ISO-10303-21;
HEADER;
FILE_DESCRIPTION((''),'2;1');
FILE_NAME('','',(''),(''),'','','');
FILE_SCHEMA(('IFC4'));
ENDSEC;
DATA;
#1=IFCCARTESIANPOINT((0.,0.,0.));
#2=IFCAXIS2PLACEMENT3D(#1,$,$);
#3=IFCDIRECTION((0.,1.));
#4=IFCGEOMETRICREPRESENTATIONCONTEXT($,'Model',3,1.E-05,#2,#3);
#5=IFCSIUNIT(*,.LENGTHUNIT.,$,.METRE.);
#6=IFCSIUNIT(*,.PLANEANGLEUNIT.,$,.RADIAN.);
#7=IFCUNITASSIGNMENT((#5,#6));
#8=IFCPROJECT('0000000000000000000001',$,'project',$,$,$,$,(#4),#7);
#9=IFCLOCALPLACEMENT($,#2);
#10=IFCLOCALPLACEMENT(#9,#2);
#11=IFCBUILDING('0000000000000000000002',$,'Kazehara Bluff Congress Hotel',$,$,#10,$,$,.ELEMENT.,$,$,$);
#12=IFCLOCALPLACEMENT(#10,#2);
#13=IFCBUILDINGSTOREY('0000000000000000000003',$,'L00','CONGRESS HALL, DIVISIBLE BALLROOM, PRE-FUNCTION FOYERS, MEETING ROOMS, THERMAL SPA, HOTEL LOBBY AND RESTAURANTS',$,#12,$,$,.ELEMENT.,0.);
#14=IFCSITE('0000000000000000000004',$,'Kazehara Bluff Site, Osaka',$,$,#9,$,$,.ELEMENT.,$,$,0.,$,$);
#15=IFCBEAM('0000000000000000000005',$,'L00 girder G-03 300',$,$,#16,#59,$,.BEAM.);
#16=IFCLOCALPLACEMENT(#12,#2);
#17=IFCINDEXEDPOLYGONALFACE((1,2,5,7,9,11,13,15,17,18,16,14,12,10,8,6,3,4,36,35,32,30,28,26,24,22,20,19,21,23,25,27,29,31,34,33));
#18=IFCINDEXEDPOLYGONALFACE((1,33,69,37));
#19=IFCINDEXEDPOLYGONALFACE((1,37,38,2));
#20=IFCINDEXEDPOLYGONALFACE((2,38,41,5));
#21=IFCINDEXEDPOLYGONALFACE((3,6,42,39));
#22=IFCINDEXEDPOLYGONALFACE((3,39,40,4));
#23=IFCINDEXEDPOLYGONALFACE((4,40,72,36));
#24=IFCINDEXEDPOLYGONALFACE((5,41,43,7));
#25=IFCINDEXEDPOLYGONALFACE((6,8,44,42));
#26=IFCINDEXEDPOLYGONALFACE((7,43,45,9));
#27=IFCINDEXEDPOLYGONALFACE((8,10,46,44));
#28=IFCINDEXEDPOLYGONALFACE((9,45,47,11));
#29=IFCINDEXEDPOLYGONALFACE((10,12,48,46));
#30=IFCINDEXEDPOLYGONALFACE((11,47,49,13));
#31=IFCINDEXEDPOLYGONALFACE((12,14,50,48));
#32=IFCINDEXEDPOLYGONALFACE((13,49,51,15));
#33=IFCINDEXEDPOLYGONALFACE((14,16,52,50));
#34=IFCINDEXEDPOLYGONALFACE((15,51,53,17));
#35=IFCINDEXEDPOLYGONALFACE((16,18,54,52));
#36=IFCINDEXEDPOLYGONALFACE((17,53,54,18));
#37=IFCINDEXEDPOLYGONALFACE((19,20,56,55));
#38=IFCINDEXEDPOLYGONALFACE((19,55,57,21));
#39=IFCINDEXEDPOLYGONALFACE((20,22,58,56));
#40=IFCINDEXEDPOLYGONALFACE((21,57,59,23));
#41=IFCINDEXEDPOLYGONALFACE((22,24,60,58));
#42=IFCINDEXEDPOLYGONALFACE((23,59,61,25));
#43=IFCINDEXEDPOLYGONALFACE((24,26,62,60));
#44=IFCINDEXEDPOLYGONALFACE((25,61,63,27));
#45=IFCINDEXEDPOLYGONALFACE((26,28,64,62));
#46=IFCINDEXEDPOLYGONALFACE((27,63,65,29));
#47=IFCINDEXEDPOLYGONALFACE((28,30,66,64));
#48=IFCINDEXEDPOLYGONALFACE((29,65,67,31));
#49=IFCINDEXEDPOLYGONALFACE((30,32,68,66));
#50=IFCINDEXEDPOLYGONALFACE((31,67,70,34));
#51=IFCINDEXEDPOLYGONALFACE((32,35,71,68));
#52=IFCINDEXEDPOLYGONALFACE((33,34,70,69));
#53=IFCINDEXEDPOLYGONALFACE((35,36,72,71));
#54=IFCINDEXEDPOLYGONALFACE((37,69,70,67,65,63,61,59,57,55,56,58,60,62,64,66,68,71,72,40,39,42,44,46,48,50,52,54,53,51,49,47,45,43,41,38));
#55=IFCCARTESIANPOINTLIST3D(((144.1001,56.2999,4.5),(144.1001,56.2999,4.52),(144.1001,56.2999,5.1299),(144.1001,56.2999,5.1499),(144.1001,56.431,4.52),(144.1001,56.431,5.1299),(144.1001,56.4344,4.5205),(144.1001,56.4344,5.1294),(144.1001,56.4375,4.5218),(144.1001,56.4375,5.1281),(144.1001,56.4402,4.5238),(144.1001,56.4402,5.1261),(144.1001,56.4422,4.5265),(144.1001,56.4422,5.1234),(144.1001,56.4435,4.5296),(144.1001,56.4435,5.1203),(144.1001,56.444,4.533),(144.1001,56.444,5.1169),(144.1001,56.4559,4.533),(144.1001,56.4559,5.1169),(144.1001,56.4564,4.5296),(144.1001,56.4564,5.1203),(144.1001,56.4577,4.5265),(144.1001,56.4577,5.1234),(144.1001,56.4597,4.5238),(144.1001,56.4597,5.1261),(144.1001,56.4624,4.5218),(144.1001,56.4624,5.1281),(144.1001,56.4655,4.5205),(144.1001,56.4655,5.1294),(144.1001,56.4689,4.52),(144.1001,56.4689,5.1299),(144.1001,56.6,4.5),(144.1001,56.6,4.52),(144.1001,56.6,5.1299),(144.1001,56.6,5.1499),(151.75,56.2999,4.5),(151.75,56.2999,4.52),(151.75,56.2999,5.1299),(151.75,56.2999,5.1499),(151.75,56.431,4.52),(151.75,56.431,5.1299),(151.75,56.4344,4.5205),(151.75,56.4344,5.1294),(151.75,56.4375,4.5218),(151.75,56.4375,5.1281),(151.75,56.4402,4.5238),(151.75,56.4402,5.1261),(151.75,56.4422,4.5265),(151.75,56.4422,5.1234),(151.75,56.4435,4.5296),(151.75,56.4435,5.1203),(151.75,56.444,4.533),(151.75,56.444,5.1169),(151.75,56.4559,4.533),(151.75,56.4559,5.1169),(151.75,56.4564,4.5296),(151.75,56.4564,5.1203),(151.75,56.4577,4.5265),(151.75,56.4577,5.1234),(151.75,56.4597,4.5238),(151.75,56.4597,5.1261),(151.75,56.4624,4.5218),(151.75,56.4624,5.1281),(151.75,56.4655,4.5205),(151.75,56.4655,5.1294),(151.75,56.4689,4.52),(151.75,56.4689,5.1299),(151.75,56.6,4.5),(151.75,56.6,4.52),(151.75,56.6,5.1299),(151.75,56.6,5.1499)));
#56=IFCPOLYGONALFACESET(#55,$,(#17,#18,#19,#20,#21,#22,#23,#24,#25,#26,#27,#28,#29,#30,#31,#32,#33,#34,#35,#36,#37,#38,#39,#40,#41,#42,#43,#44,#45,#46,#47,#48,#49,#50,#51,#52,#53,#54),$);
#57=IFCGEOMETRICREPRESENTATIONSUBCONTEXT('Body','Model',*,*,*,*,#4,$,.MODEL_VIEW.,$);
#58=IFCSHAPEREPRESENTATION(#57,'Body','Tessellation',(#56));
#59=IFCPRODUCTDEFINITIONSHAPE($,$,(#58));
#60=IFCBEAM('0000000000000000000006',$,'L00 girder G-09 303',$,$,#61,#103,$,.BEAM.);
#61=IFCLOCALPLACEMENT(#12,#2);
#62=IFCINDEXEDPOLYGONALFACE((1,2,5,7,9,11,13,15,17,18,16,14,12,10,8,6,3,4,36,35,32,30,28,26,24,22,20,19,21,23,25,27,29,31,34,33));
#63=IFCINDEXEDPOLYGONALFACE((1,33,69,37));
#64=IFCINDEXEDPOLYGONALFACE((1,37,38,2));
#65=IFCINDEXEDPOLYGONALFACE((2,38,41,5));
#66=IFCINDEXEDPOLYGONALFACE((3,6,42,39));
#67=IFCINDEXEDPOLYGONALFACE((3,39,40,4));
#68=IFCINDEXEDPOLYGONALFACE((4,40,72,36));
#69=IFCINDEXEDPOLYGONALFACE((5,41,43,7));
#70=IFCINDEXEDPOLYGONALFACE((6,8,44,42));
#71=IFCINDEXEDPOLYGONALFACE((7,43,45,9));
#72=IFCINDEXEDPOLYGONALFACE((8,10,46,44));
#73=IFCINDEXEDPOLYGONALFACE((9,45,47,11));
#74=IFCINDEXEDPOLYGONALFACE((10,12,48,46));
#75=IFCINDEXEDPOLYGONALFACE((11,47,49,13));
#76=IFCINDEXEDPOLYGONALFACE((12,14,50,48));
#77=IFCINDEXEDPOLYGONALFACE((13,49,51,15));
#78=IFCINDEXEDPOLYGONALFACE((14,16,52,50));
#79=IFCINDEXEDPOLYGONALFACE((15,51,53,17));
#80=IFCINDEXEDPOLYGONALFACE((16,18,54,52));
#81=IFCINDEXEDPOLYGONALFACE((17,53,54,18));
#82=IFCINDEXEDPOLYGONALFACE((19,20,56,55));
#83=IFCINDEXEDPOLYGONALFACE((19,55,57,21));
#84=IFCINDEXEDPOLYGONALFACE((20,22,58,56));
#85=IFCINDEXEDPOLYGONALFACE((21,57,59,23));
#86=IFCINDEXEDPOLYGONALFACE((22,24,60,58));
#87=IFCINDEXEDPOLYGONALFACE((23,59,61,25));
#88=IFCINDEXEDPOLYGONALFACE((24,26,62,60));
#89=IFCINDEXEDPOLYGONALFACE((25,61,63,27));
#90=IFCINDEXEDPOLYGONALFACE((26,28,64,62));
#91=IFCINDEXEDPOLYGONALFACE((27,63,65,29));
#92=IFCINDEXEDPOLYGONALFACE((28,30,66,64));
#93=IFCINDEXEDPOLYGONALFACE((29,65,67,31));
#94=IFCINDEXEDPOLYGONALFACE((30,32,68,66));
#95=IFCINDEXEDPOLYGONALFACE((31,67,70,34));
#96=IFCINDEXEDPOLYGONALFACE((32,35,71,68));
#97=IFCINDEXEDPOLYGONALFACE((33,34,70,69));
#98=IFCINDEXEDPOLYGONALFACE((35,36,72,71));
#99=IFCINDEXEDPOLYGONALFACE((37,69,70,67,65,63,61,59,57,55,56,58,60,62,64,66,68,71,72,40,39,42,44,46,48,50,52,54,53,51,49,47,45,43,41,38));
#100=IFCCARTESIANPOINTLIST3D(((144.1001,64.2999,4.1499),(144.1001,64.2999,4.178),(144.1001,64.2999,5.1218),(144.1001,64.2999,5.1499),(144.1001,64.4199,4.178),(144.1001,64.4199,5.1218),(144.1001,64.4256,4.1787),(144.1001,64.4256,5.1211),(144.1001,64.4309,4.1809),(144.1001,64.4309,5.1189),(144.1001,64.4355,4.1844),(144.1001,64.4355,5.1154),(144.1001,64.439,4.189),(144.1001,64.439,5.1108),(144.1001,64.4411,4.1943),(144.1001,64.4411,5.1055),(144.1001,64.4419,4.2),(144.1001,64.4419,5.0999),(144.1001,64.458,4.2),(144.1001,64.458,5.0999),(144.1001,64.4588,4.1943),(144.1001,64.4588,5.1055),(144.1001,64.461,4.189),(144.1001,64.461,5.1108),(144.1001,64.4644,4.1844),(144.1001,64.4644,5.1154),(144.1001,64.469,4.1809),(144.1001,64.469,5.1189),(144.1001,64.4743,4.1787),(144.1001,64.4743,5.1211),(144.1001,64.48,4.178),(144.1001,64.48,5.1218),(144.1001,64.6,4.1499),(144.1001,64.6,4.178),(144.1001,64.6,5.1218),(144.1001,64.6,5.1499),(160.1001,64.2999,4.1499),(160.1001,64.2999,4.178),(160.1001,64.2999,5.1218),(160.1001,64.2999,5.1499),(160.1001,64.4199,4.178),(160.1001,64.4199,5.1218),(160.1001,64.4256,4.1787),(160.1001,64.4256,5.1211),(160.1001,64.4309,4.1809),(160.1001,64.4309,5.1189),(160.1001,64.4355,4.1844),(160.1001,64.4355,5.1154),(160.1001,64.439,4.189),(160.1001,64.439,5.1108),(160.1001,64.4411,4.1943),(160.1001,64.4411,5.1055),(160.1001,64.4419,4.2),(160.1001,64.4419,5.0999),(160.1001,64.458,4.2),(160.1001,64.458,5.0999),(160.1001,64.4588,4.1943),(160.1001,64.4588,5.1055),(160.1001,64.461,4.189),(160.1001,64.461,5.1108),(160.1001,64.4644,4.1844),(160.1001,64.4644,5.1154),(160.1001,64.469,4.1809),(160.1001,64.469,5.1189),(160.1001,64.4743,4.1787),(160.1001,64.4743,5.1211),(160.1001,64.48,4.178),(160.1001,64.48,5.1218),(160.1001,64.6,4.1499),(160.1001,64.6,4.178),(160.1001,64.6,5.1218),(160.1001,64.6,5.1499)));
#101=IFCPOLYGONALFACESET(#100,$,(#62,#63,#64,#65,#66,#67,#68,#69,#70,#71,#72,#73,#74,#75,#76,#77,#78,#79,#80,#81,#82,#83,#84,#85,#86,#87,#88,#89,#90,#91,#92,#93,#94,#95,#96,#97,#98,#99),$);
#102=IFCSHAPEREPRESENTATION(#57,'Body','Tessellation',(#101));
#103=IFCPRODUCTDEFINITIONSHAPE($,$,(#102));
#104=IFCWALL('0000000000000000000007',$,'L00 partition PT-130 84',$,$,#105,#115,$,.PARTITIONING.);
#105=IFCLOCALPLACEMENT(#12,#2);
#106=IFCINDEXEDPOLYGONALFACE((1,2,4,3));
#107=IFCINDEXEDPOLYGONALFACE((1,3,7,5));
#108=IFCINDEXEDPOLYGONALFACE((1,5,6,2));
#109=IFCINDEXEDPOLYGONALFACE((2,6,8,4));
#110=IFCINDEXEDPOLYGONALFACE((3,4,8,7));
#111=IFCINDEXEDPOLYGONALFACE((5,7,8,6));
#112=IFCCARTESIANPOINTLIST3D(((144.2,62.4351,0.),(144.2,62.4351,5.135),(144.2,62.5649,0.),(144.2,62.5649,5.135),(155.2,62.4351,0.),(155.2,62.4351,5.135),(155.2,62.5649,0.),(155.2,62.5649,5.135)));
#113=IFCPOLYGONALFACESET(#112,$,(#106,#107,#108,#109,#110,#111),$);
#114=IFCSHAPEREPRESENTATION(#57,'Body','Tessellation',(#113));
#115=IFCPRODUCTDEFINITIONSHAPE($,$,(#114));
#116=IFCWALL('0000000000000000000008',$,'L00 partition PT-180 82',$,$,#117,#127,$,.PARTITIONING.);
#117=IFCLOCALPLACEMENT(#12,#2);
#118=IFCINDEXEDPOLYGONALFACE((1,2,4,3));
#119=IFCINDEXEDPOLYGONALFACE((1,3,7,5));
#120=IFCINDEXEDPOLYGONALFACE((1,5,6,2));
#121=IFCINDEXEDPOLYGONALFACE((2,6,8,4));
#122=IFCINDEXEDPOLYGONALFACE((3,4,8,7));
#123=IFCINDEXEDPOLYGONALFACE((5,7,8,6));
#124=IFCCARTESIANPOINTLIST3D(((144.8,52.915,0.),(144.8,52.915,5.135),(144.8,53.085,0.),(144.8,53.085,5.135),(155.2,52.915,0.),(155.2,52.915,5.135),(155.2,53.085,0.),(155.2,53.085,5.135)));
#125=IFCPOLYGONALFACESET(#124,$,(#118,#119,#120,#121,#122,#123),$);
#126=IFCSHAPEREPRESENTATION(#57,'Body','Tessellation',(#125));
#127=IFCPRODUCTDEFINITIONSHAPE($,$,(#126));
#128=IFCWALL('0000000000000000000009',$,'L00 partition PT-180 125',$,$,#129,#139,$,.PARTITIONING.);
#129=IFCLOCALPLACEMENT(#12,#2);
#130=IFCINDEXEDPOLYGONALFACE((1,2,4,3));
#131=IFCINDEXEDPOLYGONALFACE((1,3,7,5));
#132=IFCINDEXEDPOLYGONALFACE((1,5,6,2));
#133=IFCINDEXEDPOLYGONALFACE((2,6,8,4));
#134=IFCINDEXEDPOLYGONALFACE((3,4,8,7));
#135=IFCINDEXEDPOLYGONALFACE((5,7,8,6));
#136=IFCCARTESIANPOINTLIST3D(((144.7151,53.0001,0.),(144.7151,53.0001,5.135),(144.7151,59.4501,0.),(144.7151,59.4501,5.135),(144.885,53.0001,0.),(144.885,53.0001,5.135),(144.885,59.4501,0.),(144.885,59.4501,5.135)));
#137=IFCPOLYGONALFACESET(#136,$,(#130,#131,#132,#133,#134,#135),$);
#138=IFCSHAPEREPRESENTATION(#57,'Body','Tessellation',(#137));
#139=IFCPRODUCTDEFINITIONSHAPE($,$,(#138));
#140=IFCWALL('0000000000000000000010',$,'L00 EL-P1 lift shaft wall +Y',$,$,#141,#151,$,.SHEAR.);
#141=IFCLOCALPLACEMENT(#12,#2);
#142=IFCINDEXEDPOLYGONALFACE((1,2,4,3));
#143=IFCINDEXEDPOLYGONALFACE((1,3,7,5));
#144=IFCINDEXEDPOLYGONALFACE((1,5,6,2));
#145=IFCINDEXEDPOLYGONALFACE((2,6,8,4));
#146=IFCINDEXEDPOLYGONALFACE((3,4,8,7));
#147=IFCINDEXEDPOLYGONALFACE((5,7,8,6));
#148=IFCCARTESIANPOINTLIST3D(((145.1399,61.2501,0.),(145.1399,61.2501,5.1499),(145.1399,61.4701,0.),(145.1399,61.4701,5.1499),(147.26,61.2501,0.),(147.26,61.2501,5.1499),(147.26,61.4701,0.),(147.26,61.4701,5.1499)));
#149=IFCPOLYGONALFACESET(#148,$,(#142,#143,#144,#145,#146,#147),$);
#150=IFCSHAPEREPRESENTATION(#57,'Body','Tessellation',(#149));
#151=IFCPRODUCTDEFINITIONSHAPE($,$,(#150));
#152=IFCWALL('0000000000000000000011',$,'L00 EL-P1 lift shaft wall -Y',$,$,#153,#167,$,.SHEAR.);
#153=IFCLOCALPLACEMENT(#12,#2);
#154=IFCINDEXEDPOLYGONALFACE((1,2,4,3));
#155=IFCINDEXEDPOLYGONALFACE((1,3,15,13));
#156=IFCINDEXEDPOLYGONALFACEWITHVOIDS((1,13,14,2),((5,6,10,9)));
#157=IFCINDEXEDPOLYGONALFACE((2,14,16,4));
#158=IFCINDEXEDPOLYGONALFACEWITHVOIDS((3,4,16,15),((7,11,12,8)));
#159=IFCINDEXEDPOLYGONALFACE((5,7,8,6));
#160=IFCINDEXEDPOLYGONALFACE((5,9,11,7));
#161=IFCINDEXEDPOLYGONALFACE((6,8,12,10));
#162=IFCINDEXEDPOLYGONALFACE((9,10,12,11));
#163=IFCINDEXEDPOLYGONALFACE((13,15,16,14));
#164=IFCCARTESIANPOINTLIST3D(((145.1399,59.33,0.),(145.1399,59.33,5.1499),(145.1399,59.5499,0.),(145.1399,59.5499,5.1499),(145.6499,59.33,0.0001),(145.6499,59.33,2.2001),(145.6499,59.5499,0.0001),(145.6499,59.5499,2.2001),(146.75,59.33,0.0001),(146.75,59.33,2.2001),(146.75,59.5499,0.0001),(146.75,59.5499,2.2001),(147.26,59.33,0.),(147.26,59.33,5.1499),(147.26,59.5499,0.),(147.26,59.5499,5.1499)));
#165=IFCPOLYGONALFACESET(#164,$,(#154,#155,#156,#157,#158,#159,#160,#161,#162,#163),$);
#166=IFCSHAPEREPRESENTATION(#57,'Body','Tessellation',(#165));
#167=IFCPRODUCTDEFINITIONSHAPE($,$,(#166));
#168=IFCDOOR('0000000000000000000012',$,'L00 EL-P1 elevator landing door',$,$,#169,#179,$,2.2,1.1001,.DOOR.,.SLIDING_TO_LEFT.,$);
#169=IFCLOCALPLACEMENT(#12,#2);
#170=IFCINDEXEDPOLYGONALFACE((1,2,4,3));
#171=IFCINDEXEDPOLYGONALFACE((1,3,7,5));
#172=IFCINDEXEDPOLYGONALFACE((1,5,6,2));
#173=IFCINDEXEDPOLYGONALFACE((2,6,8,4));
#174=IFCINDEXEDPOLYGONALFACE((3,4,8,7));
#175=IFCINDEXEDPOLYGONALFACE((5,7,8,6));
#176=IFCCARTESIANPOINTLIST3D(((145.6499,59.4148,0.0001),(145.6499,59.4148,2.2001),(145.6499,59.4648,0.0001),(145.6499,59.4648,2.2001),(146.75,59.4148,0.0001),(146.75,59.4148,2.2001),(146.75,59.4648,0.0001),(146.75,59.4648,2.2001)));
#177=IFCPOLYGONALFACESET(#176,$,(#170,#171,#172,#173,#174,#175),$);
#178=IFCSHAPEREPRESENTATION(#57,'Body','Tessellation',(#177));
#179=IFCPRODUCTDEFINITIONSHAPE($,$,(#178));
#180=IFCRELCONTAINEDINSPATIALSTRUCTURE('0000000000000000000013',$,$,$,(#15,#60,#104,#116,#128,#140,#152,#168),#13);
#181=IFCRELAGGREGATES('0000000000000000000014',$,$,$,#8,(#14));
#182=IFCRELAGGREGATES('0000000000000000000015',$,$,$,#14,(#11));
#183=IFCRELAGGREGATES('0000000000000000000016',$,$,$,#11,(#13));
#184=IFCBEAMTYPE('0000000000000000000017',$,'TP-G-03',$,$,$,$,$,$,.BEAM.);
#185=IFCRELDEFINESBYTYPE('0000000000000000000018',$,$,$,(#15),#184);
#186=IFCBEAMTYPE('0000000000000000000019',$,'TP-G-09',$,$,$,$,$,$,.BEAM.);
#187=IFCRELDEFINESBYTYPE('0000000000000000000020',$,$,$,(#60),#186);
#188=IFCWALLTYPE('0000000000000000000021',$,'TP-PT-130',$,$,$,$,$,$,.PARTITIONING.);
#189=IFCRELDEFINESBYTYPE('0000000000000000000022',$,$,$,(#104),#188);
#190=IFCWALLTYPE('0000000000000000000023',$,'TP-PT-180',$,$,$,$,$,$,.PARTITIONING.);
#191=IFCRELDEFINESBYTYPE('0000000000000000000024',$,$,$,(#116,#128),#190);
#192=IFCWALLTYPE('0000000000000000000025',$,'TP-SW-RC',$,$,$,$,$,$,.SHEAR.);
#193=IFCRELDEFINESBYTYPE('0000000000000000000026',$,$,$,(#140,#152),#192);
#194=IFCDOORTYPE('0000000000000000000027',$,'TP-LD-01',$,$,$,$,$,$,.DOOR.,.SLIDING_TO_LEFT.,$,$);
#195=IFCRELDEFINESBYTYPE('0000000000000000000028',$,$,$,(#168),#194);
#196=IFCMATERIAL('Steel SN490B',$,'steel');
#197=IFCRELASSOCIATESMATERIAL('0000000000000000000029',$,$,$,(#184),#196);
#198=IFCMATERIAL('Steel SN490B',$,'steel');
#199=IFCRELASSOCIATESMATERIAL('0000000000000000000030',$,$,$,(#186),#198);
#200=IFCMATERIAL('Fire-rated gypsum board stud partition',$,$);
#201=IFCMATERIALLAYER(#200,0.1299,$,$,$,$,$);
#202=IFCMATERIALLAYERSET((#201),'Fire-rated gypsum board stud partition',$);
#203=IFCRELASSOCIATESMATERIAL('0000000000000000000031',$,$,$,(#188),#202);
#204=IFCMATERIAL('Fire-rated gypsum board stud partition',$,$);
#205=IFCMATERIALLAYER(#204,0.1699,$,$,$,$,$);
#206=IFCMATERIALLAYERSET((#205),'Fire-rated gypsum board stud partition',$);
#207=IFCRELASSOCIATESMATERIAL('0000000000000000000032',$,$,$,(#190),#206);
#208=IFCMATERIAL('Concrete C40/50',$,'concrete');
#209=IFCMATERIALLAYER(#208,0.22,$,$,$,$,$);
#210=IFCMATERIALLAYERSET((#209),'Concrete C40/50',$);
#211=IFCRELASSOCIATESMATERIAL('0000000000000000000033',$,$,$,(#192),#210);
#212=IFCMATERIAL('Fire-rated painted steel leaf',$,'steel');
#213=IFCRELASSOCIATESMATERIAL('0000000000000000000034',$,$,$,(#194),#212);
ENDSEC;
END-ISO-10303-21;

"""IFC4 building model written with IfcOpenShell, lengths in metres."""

from ifc_helpers import new_model, si_unit, direction, frame, frame_2d, origin, origin_2d, place, context, subcontext, project, spatial, rectangle, i_section, extrude, material, layer, layer_set, material_profile, profile_set, type_object, element, fill, save


model = new_model("IFC4")

# Units and contexts
model_context = context("Model", 3, precision=1e-05, world=origin(), true_north=direction((0.0, 1.0)))
body_context = subcontext(model_context, "Body", "Model", "MODEL_VIEW")
ifc_project = project(units=[si_unit("LENGTHUNIT", "METRE"), si_unit("PLANEANGLEUNIT", "RADIAN")], contexts=[model_context])

# Site, building, storey
site_placement = place(None, origin())
site = spatial("IfcSite", under=ifc_project, at=site_placement, Name="Kazehara Bluff Site, Osaka", CompositionType="ELEMENT", RefElevation=0.0)
building_placement = place(site_placement, origin())
building = spatial("IfcBuilding", under=site, at=building_placement, Name="Kazehara Bluff Congress Hotel", CompositionType="ELEMENT")
storey_placement = place(building_placement, origin())
storey = spatial("IfcBuildingStorey", under=building, at=storey_placement, Name="L00", Description="CONGRESS HALL, DIVISIBLE BALLROOM, PRE-FUNCTION FOYERS, MEETING ROOMS, THERMAL SPA, HOTEL LOBBY AND RESTAURANTS", CompositionType="ELEMENT", Elevation=0.0)

# Beams
ifc_material_1 = material(Name="Steel SN490B", Category="steel")
ifc_material_profile_1 = material_profile(ifc_material_1, i_section(OverallWidth=0.3, OverallDepth=0.6499, WebThickness=0.012, FlangeThickness=0.02, FilletRadius=0.0129, at=origin_2d()))
ifc_profile_set_1 = profile_set([ifc_material_profile_1], Name="Steel SN490B")
beam_type_1 = type_object("IfcBeamType", Name="TP-G-03", PredefinedType="BEAM", material=ifc_profile_set_1)
beam_1_placement = place(storey_placement, frame((144.1001, 56.45, 4.825), z_axis=(1.0, 0.0, 0.0), x_axis=(0.0, 1.0, 0.0)))
element("IfcBeam", 1, at=beam_1_placement, inside=storey, type_object=beam_type_1, Name="L00 girder G-03 300", PredefinedType="BEAM", context=body_context, shape_type="SweptSolid", body=[
    extrude(i_section(OverallWidth=0.3, OverallDepth=0.6499, WebThickness=0.012, FlangeThickness=0.02, FilletRadius=0.0129, at=origin_2d()), origin(), (0.0, 0.0, 1.0), 7.6499),
])
ifc_material_2 = material(Name="Steel SN490B", Category="steel")
ifc_material_profile_2 = material_profile(ifc_material_2, i_section(OverallWidth=0.3, OverallDepth=1.0, WebThickness=0.0161, FlangeThickness=0.0281, FilletRadius=0.022, at=origin_2d()))
ifc_profile_set_2 = profile_set([ifc_material_profile_2], Name="Steel SN490B")
beam_type_2 = type_object("IfcBeamType", Name="TP-G-09", PredefinedType="BEAM", material=ifc_profile_set_2)
beam_2_placement = place(storey_placement, frame((144.1001, 64.45, 4.6499), z_axis=(1.0, 0.0, 0.0), x_axis=(0.0, 1.0, 0.0)))
element("IfcBeam", 2, at=beam_2_placement, inside=storey, type_object=beam_type_2, Name="L00 girder G-09 303", PredefinedType="BEAM", context=body_context, shape_type="SweptSolid", body=[
    extrude(i_section(OverallWidth=0.3, OverallDepth=1.0, WebThickness=0.0161, FlangeThickness=0.0281, FilletRadius=0.022, at=origin_2d()), origin(), (0.0, 0.0, 1.0), 16.0),
])

# Walls
ifc_material_3 = material(Name="Fire-rated gypsum board stud partition")
ifc_layer_1 = layer(ifc_material_3, 0.1299)
ifc_layer_set_1 = layer_set([ifc_layer_1], Name="Fire-rated gypsum board stud partition")
wall_type_1 = type_object("IfcWallType", Name="TP-PT-130", PredefinedType="PARTITIONING", material=ifc_layer_set_1)
wall_1_placement = place(storey_placement, frame((144.2, 62.5, 0.0), z_axis=(0.0, 0.0, 1.0), x_axis=(1.0, 0.0, 0.0)))
element("IfcWall", 3, at=wall_1_placement, inside=storey, type_object=wall_type_1, Name="L00 partition PT-130 84", PredefinedType="PARTITIONING", context=body_context, shape_type="SweptSolid", body=[
    extrude(rectangle(XDim=11.0, YDim=0.1299, at=frame_2d((5.5, 0.0))), origin(), (0.0, 0.0, 1.0), 5.135),
])
ifc_material_4 = material(Name="Fire-rated gypsum board stud partition")
ifc_layer_2 = layer(ifc_material_4, 0.1699)
ifc_layer_set_2 = layer_set([ifc_layer_2], Name="Fire-rated gypsum board stud partition")
wall_type_2 = type_object("IfcWallType", Name="TP-PT-180", PredefinedType="PARTITIONING", material=ifc_layer_set_2)
wall_2_placement = place(storey_placement, frame((144.8, 53.0, 0.0), z_axis=(0.0, 0.0, 1.0), x_axis=(1.0, 0.0, 0.0)))
element("IfcWall", 4, at=wall_2_placement, inside=storey, type_object=wall_type_2, Name="L00 partition PT-180 82", PredefinedType="PARTITIONING", context=body_context, shape_type="SweptSolid", body=[
    extrude(rectangle(XDim=10.3999, YDim=0.1699, at=frame_2d((5.2, 0.0))), origin(), (0.0, 0.0, 1.0), 5.135),
])
wall_3_placement = place(storey_placement, frame((144.8, 53.0, 0.0), z_axis=(0.0, 0.0, 1.0), x_axis=(0.0, 1.0, 0.0)))
element("IfcWall", 5, at=wall_3_placement, inside=storey, type_object=wall_type_2, Name="L00 partition PT-180 125", PredefinedType="PARTITIONING", context=body_context, shape_type="SweptSolid", body=[
    extrude(rectangle(XDim=6.45, YDim=0.1699, at=frame_2d((3.2251, 0.0))), origin(), (0.0, 0.0, 1.0), 5.135),
])
ifc_material_5 = material(Name="Concrete C40/50", Category="concrete")
ifc_layer_3 = layer(ifc_material_5, 0.22)
ifc_layer_set_3 = layer_set([ifc_layer_3], Name="Concrete C40/50")
wall_type_3 = type_object("IfcWallType", Name="TP-SW-RC", PredefinedType="SHEAR", material=ifc_layer_set_3)
wall_4_placement = place(storey_placement, frame((145.1399, 61.3601, 0.0), z_axis=(0.0, 0.0, 1.0), x_axis=(1.0, 0.0, 0.0)))
element("IfcWall", 6, at=wall_4_placement, inside=storey, type_object=wall_type_3, Name="L00 EL-P1 lift shaft wall +Y", PredefinedType="SHEAR", context=body_context, shape_type="SweptSolid", body=[
    extrude(rectangle(XDim=2.1201, YDim=0.22, at=frame_2d((1.0601, 0.0))), origin(), (0.0, 0.0, 1.0), 5.1499),
])

# Wall, opening, door
wall_5_placement = place(storey_placement, frame((145.1399, 59.4399, 0.0), z_axis=(0.0, 0.0, 1.0), x_axis=(1.0, 0.0, 0.0)))
wall_5 = element("IfcWall", 7, at=wall_5_placement, inside=storey, type_object=wall_type_3, Name="L00 EL-P1 lift shaft wall -Y", PredefinedType="SHEAR", context=body_context, shape_type="SweptSolid", body=[
    extrude(rectangle(XDim=2.1201, YDim=0.22, at=frame_2d((1.0601, 0.0))), origin(), (0.0, 0.0, 1.0), 5.1499),
])
opening_1_placement = place(wall_5_placement, frame((0.51, 0.0, 0.0)))
opening_1 = element("IfcOpeningElement", 8, at=opening_1_placement, cuts=wall_5, PredefinedType="OPENING", context=body_context, shape_type="SweptSolid", body=[
    extrude(rectangle(XDim=1.1001, YDim=2.2, at=frame_2d((0.55, 1.1001))), frame((0.0, 0.1199, 0.0), z_axis=(0.0, -1.0, 0.0), x_axis=(1.0, 0.0, 0.0)), (0.0, 0.0, 1.0), 0.24),
])
ifc_material_6 = material(Name="Fire-rated painted steel leaf", Category="steel")
door_type = type_object("IfcDoorType", Name="TP-LD-01", OperationType="SLIDING_TO_LEFT", PredefinedType="DOOR", material=ifc_material_6)
door_1_placement = place(opening_1_placement, origin())
door_1 = element("IfcDoor", 9, at=door_1_placement, inside=storey, type_object=door_type, Name="L00 EL-P1 elevator landing door", OperationType="SLIDING_TO_LEFT", OverallHeight=2.2, OverallWidth=1.1001, PredefinedType="DOOR", context=body_context, shape_type="SweptSolid", body=[
    extrude(rectangle(XDim=1.1001, YDim=2.2, at=frame_2d((0.55, 1.1001))), frame((0.0, 0.0249, 0.0), z_axis=(0.0, -1.0, 0.0), x_axis=(1.0, 0.0, 0.0)), (0.0, 0.0, 1.0), 0.05),
])
fill(opening_1, door_1)

save(model, "model.ifc")
